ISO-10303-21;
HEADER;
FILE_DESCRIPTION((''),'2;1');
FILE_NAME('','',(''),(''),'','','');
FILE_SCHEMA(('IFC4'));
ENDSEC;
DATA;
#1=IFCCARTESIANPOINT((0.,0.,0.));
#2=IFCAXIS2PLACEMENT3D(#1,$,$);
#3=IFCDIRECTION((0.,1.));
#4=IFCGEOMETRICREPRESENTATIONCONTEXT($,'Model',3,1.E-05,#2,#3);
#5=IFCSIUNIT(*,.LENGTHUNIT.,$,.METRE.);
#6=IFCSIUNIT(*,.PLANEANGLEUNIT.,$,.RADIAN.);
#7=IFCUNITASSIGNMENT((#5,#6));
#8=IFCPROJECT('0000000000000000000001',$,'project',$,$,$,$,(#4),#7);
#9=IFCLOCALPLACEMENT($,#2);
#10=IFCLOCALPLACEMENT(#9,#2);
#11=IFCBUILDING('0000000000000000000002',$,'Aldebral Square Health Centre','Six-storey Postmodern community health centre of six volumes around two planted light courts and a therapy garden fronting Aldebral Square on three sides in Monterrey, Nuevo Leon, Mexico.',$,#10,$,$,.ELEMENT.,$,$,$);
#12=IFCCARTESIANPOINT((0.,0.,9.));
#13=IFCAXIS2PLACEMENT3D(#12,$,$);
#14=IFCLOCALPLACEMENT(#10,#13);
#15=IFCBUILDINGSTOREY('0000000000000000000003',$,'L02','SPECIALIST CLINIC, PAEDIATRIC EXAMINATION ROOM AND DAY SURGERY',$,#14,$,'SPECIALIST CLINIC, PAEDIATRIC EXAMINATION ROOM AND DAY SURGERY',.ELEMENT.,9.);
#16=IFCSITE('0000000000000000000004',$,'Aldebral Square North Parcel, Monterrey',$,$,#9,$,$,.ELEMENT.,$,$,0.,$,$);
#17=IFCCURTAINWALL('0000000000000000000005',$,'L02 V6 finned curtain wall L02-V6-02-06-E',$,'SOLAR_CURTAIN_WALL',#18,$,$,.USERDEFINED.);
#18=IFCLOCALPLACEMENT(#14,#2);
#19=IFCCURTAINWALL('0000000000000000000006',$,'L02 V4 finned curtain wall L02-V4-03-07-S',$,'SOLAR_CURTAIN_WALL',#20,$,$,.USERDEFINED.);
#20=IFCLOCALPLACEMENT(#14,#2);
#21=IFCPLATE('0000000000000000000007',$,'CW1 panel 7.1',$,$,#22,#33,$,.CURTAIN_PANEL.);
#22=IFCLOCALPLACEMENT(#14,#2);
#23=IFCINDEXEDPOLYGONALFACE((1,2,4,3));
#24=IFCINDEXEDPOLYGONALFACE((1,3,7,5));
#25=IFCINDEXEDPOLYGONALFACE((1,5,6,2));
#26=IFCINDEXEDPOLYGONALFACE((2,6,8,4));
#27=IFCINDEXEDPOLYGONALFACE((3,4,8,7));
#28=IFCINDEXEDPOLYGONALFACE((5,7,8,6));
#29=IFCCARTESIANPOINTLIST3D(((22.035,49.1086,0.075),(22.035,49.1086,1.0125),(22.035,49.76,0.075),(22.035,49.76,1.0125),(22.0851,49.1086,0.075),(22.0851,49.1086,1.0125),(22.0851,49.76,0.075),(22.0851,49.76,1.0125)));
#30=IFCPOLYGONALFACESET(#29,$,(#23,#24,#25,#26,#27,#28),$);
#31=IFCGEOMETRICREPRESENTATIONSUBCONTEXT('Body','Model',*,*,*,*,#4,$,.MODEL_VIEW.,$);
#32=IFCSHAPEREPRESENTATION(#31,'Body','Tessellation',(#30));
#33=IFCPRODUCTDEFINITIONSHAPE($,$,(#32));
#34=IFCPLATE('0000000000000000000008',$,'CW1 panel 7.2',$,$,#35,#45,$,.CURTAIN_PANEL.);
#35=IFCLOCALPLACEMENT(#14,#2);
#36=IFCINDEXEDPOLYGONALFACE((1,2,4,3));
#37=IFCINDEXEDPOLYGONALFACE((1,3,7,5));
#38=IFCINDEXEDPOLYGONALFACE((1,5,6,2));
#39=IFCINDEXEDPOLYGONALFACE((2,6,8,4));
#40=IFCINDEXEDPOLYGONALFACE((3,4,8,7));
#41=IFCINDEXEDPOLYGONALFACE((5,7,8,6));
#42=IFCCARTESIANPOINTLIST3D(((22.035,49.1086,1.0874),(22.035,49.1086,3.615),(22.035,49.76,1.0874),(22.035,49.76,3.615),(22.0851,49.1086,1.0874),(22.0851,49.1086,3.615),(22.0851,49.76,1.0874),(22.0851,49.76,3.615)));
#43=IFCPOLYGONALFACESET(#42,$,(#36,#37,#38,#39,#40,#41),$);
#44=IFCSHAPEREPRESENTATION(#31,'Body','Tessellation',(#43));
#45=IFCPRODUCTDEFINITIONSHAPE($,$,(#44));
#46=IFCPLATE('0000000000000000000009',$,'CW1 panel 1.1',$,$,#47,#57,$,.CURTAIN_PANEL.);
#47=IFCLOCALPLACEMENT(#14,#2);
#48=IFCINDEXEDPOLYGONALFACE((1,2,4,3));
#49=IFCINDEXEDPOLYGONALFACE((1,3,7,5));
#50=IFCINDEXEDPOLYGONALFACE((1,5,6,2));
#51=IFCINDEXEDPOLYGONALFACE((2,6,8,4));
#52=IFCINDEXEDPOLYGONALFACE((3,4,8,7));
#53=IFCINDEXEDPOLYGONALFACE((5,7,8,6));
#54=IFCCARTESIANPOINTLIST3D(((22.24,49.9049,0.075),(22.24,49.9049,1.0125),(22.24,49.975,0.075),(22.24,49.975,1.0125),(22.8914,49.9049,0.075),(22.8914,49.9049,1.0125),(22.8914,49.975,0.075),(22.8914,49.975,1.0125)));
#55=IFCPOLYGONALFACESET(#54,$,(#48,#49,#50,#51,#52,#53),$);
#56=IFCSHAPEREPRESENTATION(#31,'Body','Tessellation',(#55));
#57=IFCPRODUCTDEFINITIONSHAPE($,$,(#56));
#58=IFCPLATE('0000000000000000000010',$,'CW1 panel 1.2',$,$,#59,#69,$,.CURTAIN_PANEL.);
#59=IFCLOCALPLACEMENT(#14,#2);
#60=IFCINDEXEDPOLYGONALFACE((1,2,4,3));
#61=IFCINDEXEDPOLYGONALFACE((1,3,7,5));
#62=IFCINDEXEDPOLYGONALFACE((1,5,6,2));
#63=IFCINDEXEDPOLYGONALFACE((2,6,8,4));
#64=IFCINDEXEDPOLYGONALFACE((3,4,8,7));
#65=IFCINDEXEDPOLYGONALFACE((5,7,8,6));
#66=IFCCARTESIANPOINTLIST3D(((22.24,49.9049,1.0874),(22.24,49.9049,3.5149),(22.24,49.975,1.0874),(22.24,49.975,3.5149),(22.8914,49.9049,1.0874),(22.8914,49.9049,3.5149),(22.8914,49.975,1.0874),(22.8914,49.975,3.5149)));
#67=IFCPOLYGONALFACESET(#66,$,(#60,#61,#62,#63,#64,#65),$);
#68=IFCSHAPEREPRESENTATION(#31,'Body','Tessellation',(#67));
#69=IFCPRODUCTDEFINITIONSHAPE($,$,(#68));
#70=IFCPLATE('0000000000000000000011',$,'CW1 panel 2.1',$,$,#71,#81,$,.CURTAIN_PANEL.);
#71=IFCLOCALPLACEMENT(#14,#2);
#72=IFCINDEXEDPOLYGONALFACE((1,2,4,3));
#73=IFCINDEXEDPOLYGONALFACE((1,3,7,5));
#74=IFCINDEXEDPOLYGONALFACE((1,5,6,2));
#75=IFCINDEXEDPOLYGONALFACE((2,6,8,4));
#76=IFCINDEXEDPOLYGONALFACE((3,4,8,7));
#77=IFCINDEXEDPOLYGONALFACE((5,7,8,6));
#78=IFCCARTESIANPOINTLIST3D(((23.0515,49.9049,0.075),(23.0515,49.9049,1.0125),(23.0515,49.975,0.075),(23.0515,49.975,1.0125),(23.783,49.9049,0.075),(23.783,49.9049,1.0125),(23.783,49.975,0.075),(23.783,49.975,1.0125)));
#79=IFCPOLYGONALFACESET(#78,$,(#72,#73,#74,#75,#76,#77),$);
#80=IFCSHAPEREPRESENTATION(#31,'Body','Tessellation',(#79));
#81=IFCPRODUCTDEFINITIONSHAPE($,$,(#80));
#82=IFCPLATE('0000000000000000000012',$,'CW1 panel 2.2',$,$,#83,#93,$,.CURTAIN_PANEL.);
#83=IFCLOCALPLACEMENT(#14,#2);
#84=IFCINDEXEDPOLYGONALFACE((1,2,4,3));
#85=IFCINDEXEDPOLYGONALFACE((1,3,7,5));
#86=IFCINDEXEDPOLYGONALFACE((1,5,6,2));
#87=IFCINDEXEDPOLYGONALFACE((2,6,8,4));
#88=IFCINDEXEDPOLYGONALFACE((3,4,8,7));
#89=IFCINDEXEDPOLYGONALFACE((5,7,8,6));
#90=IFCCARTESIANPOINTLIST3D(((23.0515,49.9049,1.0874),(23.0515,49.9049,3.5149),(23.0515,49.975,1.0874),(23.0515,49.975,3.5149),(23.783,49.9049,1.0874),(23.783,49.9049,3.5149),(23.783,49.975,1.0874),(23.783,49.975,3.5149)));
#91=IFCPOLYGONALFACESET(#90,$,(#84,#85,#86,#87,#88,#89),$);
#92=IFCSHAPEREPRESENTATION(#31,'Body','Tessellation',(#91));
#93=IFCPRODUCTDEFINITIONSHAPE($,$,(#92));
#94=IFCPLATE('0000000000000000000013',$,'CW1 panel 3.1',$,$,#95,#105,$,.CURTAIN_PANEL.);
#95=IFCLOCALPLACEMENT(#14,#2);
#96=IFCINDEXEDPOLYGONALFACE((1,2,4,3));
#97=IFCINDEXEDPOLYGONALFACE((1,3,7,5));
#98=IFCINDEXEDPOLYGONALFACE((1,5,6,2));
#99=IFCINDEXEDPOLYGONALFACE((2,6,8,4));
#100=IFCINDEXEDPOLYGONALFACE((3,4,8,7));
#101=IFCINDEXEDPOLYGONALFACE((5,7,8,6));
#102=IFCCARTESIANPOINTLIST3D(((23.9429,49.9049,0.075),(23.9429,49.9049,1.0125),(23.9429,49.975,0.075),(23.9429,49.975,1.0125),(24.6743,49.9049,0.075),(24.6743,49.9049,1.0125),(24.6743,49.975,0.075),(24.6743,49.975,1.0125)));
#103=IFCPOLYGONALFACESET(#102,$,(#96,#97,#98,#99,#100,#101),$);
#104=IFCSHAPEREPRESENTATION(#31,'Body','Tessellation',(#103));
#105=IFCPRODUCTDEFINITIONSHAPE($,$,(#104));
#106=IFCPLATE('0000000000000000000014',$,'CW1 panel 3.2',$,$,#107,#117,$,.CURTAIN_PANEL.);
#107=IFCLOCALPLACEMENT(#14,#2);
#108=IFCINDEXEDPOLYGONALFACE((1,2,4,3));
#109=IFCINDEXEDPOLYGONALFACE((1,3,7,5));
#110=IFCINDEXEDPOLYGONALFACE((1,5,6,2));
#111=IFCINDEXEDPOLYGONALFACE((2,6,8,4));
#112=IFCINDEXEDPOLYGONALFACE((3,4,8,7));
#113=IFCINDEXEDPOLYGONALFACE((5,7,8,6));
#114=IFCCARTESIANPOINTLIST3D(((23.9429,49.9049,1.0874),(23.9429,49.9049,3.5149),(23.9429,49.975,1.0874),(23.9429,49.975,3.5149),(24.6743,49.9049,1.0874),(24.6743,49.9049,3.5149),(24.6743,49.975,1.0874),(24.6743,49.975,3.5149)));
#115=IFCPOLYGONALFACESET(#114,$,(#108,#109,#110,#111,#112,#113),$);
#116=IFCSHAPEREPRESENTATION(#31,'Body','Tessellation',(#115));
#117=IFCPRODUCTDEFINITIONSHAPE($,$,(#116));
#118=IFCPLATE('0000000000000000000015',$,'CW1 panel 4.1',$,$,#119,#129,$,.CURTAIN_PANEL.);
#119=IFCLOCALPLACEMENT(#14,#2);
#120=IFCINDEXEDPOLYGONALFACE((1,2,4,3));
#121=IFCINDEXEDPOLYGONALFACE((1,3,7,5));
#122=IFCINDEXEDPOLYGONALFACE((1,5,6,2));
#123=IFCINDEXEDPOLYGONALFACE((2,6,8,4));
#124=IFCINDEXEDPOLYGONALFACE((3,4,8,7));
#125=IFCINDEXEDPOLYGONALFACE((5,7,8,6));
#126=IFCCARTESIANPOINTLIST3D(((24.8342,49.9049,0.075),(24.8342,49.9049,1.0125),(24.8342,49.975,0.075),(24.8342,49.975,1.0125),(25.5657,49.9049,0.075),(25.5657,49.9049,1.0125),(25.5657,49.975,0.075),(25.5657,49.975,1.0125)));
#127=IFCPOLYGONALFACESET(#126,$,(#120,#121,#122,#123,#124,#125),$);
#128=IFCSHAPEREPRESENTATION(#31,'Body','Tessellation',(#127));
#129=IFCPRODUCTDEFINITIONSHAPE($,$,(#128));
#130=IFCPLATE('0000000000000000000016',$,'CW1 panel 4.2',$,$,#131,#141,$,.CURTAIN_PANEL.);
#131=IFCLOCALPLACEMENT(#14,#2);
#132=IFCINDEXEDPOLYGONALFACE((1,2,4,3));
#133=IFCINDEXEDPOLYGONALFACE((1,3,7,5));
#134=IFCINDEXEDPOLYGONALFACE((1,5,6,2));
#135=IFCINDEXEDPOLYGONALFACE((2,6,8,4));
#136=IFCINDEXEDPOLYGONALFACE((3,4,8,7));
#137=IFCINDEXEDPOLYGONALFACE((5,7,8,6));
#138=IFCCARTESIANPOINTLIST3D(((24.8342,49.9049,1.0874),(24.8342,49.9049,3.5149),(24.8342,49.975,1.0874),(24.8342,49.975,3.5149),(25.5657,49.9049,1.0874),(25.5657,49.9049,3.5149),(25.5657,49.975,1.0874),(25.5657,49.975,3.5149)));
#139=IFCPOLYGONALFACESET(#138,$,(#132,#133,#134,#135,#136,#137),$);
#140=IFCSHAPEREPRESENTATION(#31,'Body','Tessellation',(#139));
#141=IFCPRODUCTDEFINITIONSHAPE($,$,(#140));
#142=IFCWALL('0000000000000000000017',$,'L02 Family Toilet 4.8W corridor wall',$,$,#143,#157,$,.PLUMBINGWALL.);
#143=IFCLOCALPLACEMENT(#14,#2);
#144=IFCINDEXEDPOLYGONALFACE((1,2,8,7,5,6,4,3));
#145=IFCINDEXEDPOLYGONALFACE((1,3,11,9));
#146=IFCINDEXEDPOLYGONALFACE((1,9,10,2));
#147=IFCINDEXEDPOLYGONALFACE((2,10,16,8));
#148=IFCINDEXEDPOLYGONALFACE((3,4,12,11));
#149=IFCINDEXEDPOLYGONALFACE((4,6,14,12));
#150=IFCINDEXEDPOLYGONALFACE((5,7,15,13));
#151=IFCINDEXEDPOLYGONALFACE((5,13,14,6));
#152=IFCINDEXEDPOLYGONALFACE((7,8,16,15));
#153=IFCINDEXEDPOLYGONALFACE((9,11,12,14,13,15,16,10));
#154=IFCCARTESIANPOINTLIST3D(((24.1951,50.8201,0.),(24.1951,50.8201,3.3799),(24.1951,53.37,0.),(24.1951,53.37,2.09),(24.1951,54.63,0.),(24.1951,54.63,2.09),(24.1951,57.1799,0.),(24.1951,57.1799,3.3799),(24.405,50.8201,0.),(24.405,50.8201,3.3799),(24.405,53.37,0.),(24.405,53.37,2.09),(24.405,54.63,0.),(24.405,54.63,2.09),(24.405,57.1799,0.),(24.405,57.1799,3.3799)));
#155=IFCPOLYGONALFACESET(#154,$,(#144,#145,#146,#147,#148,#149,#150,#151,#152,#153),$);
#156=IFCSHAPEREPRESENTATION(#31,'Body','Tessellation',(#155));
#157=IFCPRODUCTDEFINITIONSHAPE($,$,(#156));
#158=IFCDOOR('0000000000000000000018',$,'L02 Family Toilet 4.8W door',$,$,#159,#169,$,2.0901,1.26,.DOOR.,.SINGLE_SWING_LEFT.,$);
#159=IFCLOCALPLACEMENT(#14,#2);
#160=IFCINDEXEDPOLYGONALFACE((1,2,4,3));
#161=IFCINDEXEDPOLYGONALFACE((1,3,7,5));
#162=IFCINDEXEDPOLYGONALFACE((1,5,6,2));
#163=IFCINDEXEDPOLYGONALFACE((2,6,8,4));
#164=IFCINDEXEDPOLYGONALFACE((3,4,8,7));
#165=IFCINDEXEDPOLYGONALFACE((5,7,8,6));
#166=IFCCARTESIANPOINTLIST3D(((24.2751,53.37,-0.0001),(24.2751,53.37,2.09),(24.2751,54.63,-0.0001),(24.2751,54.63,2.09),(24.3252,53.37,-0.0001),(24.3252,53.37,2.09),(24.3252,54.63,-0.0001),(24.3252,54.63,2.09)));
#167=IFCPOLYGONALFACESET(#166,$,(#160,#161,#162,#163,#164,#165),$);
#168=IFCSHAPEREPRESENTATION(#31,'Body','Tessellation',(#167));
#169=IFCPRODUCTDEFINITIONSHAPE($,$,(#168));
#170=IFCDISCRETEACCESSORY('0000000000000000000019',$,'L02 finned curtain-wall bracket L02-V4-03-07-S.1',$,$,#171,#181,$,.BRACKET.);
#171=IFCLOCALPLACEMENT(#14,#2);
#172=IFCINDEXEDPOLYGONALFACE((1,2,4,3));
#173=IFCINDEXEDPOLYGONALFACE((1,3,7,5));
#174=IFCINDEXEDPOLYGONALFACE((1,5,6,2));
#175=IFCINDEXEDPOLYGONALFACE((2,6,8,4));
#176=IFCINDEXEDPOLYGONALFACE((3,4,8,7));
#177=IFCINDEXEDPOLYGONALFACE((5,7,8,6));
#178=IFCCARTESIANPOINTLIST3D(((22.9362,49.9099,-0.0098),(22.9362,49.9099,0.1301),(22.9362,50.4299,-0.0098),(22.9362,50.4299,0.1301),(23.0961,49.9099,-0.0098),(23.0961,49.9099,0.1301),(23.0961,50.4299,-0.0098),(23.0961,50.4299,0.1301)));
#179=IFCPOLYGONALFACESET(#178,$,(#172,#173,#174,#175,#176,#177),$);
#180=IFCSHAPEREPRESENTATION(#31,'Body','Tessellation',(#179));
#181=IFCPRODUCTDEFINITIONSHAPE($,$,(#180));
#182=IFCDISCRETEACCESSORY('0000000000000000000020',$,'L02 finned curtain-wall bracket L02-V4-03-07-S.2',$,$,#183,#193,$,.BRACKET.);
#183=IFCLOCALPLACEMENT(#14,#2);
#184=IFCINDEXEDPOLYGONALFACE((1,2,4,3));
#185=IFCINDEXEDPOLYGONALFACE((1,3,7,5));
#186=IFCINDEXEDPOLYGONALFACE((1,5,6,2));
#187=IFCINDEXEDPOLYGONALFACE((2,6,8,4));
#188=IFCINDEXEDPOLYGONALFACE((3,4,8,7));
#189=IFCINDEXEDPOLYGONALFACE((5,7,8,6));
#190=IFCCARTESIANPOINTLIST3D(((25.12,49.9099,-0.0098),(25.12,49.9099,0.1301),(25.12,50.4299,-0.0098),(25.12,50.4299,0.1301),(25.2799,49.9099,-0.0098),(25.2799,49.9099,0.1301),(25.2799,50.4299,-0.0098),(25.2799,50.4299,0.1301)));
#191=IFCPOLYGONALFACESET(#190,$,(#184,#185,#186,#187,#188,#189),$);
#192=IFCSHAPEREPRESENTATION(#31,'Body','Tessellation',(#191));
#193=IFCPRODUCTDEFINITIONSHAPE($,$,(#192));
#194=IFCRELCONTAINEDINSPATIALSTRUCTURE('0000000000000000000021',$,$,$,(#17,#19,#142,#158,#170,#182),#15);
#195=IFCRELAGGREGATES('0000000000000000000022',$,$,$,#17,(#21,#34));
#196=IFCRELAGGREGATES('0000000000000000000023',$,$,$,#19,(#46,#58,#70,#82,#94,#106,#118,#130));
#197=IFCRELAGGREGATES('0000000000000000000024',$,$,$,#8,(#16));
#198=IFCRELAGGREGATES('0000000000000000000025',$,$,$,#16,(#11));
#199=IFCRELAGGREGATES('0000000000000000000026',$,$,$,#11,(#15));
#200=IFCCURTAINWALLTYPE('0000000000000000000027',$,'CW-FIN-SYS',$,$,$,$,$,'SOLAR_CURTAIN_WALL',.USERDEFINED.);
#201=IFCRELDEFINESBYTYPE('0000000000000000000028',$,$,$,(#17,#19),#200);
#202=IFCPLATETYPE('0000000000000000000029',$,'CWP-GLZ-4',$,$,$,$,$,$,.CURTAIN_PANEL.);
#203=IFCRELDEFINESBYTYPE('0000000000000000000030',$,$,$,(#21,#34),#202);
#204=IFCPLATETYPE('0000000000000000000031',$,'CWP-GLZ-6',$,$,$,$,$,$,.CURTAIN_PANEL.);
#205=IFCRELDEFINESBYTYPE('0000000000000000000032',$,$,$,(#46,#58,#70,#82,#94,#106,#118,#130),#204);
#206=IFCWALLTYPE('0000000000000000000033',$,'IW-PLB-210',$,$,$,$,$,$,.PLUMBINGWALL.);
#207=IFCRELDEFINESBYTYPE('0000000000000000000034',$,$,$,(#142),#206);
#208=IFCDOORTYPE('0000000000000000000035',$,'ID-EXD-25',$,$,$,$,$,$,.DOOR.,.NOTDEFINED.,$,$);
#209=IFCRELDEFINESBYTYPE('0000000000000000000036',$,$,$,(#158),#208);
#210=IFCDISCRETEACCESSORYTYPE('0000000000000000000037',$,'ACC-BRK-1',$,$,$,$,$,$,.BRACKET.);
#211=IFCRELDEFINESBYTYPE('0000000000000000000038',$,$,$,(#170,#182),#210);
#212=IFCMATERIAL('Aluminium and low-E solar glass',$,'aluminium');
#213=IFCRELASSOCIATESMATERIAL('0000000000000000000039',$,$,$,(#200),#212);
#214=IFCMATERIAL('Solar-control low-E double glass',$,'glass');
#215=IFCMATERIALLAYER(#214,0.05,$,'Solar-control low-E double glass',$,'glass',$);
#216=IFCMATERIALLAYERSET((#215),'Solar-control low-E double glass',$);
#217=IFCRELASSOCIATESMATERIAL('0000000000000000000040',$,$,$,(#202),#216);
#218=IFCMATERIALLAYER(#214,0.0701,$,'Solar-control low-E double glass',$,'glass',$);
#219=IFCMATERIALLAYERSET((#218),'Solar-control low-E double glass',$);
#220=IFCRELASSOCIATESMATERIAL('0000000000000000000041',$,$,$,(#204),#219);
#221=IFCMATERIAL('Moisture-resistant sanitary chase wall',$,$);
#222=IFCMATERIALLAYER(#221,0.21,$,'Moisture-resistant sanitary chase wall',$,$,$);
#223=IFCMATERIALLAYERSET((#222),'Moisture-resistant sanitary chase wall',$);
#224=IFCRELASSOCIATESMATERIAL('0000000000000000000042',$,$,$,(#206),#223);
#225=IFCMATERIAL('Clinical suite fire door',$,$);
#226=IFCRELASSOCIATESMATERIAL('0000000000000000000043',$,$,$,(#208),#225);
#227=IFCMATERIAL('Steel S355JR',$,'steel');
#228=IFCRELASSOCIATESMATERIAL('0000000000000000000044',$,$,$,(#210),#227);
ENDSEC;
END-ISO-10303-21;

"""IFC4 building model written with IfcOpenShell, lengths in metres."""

from ifc_helpers import new_model, si_unit, direction, frame, frame_2d, origin, origin_2d, place, context, subcontext, project, spatial, rectangle, extrude, material, layer, layer_set, type_object, element, fill, aggregate, save


model = new_model("IFC4")

# Units and contexts
model_context = context("Model", 3, precision=1e-05, world=origin(), true_north=direction((0.0, 1.0)))
body_context = subcontext(model_context, "Body", "Model", "MODEL_VIEW")
ifc_project = project(units=[si_unit("LENGTHUNIT", "METRE"), si_unit("PLANEANGLEUNIT", "RADIAN")], contexts=[model_context])

# Site, building, storey
site_placement = place(None, origin())
site = spatial("IfcSite", under=ifc_project, at=site_placement, Name="Aldebral Square North Parcel, Monterrey", CompositionType="ELEMENT", RefElevation=0.0)
building_placement = place(site_placement, origin())
building = spatial("IfcBuilding", under=site, at=building_placement, Name="Aldebral Square Health Centre", Description="Six-storey Postmodern community health centre of six volumes around two planted light courts and a therapy garden fronting Aldebral Square on three sides in Monterrey, Nuevo Leon, Mexico.", CompositionType="ELEMENT")
storey_placement = place(building_placement, frame((0.0, 0.0, 9.0)))
storey = spatial("IfcBuildingStorey", under=building, at=storey_placement, Name="L02", Description="SPECIALIST CLINIC, PAEDIATRIC EXAMINATION ROOM AND DAY SURGERY", LongName="SPECIALIST CLINIC, PAEDIATRIC EXAMINATION ROOM AND DAY SURGERY", CompositionType="ELEMENT", Elevation=9.0)

# Curtain walls
ifc_material_1 = material(Name="Aluminium and low-E solar glass", Category="aluminium")
curtain_wall_type = type_object("IfcCurtainWallType", Name="CW-FIN-SYS", ElementType="SOLAR_CURTAIN_WALL", PredefinedType="USERDEFINED", material=ifc_material_1)
curtain_wall_1_placement = place(storey_placement, origin())
curtain_wall_1 = element("IfcCurtainWall", 1, at=curtain_wall_1_placement, inside=storey, type_object=curtain_wall_type, Name="L02 V6 finned curtain wall L02-V6-02-06-E", ObjectType="SOLAR_CURTAIN_WALL", PredefinedType="USERDEFINED")
curtain_wall_2_placement = place(storey_placement, origin())
curtain_wall_2 = element("IfcCurtainWall", 2, at=curtain_wall_2_placement, inside=storey, type_object=curtain_wall_type, Name="L02 V4 finned curtain wall L02-V4-03-07-S", ObjectType="SOLAR_CURTAIN_WALL", PredefinedType="USERDEFINED")

# Plates
ifc_material_2 = material(Name="Solar-control low-E double glass", Category="glass")
ifc_layer_1 = layer(ifc_material_2, 0.05, Name="Solar-control low-E double glass", Category="glass")
ifc_layer_set_1 = layer_set([ifc_layer_1], Name="Solar-control low-E double glass")
plate_type_1 = type_object("IfcPlateType", Name="CWP-GLZ-4", PredefinedType="CURTAIN_PANEL", material=ifc_layer_set_1)
plate_1_placement = place(storey_placement, frame((22.0601, 49.4343, 0.075), z_axis=(0.0, 0.0, 1.0), x_axis=(0.0, 1.0, 0.0)))
plate_1 = element("IfcPlate", 3, at=plate_1_placement, type_object=plate_type_1, Name="CW1 panel 7.1", PredefinedType="CURTAIN_PANEL", context=body_context, shape_type="SweptSolid", body=[
    extrude(rectangle(XDim=0.6514, YDim=0.05, at=origin_2d()), origin(), (0.0, 0.0, 1.0), 0.9375),
])
plate_2_placement = place(storey_placement, frame((22.0601, 49.4343, 1.0874), z_axis=(0.0, 0.0, 1.0), x_axis=(0.0, 1.0, 0.0)))
plate_2 = element("IfcPlate", 4, at=plate_2_placement, type_object=plate_type_1, Name="CW1 panel 7.2", PredefinedType="CURTAIN_PANEL", context=body_context, shape_type="SweptSolid", body=[
    extrude(rectangle(XDim=0.6514, YDim=0.05, at=origin_2d()), origin(), (0.0, 0.0, 1.0), 2.5276),
])
aggregate(curtain_wall_1, [plate_1, plate_2])
ifc_layer_2 = layer(ifc_material_2, 0.0701, Name="Solar-control low-E double glass", Category="glass")
ifc_layer_set_2 = layer_set([ifc_layer_2], Name="Solar-control low-E double glass")
plate_type_2 = type_object("IfcPlateType", Name="CWP-GLZ-6", PredefinedType="CURTAIN_PANEL", material=ifc_layer_set_2)
plate_3_placement = place(storey_placement, frame((22.5657, 49.9399, 0.075), z_axis=(0.0, 0.0, 1.0), x_axis=(1.0, 0.0, 0.0)))
plate_3 = element("IfcPlate", 5, at=plate_3_placement, type_object=plate_type_2, Name="CW1 panel 1.1", PredefinedType="CURTAIN_PANEL", context=body_context, shape_type="SweptSolid", body=[
    extrude(rectangle(XDim=0.6514, YDim=0.0701, at=origin_2d()), origin(), (0.0, 0.0, 1.0), 0.9375),
])
plate_4_placement = place(storey_placement, frame((22.5657, 49.9399, 1.0874), z_axis=(0.0, 0.0, 1.0), x_axis=(1.0, 0.0, 0.0)))
plate_4 = element("IfcPlate", 6, at=plate_4_placement, type_object=plate_type_2, Name="CW1 panel 1.2", PredefinedType="CURTAIN_PANEL", context=body_context, shape_type="SweptSolid", body=[
    extrude(rectangle(XDim=0.6514, YDim=0.0701, at=origin_2d()), origin(), (0.0, 0.0, 1.0), 2.4275),
])
plate_5_placement = place(storey_placement, frame((23.4172, 49.9399, 0.075), z_axis=(0.0, 0.0, 1.0), x_axis=(1.0, 0.0, 0.0)))
plate_5 = element("IfcPlate", 7, at=plate_5_placement, type_object=plate_type_2, Name="CW1 panel 2.1", PredefinedType="CURTAIN_PANEL", context=body_context, shape_type="SweptSolid", body=[
    extrude(rectangle(XDim=0.7314, YDim=0.0701, at=origin_2d()), origin(), (0.0, 0.0, 1.0), 0.9375),
])
plate_6_placement = place(storey_placement, frame((23.4172, 49.9399, 1.0874), z_axis=(0.0, 0.0, 1.0), x_axis=(1.0, 0.0, 0.0)))
plate_6 = element("IfcPlate", 8, at=plate_6_placement, type_object=plate_type_2, Name="CW1 panel 2.2", PredefinedType="CURTAIN_PANEL", context=body_context, shape_type="SweptSolid", body=[
    extrude(rectangle(XDim=0.7314, YDim=0.0701, at=origin_2d()), origin(), (0.0, 0.0, 1.0), 2.4275),
])
plate_7_placement = place(storey_placement, frame((24.3086, 49.9399, 0.075), z_axis=(0.0, 0.0, 1.0), x_axis=(1.0, 0.0, 0.0)))
plate_7 = element("IfcPlate", 9, at=plate_7_placement, type_object=plate_type_2, Name="CW1 panel 3.1", PredefinedType="CURTAIN_PANEL", context=body_context, shape_type="SweptSolid", body=[
    extrude(rectangle(XDim=0.7314, YDim=0.0701, at=origin_2d()), origin(), (0.0, 0.0, 1.0), 0.9375),
])
plate_8_placement = place(storey_placement, frame((24.3086, 49.9399, 1.0874), z_axis=(0.0, 0.0, 1.0), x_axis=(1.0, 0.0, 0.0)))
plate_8 = element("IfcPlate", 10, at=plate_8_placement, type_object=plate_type_2, Name="CW1 panel 3.2", PredefinedType="CURTAIN_PANEL", context=body_context, shape_type="SweptSolid", body=[
    extrude(rectangle(XDim=0.7314, YDim=0.0701, at=origin_2d()), origin(), (0.0, 0.0, 1.0), 2.4275),
])
plate_9_placement = place(storey_placement, frame((25.2, 49.9399, 0.075), z_axis=(0.0, 0.0, 1.0), x_axis=(1.0, 0.0, 0.0)))
plate_9 = element("IfcPlate", 11, at=plate_9_placement, type_object=plate_type_2, Name="CW1 panel 4.1", PredefinedType="CURTAIN_PANEL", context=body_context, shape_type="SweptSolid", body=[
    extrude(rectangle(XDim=0.7314, YDim=0.0701, at=origin_2d()), origin(), (0.0, 0.0, 1.0), 0.9375),
])
plate_10_placement = place(storey_placement, frame((25.2, 49.9399, 1.0874), z_axis=(0.0, 0.0, 1.0), x_axis=(1.0, 0.0, 0.0)))
plate_10 = element("IfcPlate", 12, at=plate_10_placement, type_object=plate_type_2, Name="CW1 panel 4.2", PredefinedType="CURTAIN_PANEL", context=body_context, shape_type="SweptSolid", body=[
    extrude(rectangle(XDim=0.7314, YDim=0.0701, at=origin_2d()), origin(), (0.0, 0.0, 1.0), 2.4275),
])
aggregate(curtain_wall_2, [plate_3, plate_4, plate_5, plate_6, plate_7, plate_8, plate_9, plate_10])

# Wall, opening, door
ifc_material_3 = material(Name="Moisture-resistant sanitary chase wall")
ifc_layer_3 = layer(ifc_material_3, 0.21, Name="Moisture-resistant sanitary chase wall")
ifc_layer_set_3 = layer_set([ifc_layer_3], Name="Moisture-resistant sanitary chase wall")
wall_type = type_object("IfcWallType", Name="IW-PLB-210", PredefinedType="PLUMBINGWALL", material=ifc_layer_set_3)
wall_placement = place(storey_placement, frame((24.3, 50.8201, 0.0), z_axis=(0.0, 0.0, 1.0), x_axis=(0.0, 1.0, 0.0)))
wall = element("IfcWall", 13, at=wall_placement, inside=storey, type_object=wall_type, Name="L02 Family Toilet 4.8W corridor wall", PredefinedType="PLUMBINGWALL", context=body_context, shape_type="SweptSolid", body=[
    extrude(rectangle(XDim=6.3599, YDim=0.21, at=frame_2d((3.1799, 0.0))), origin(), (0.0, 0.0, 1.0), 3.3799),
])
opening_placement = place(wall_placement, frame((2.55, 0.0, 0.0)))
opening = element("IfcOpeningElement", 14, at=opening_placement, cuts=wall, PredefinedType="OPENING", context=body_context, shape_type="SweptSolid", body=[
    extrude(rectangle(XDim=1.26, YDim=2.0901, at=frame_2d((0.6299, 1.0449))), frame((0.0, 0.115, 0.0), z_axis=(0.0, -1.0, 0.0), x_axis=(1.0, 0.0, 0.0)), (0.0, 0.0, 1.0), 0.23),
])
ifc_material_4 = material(Name="Clinical suite fire door")
door_type = type_object("IfcDoorType", Name="ID-EXD-25", OperationType="NOTDEFINED", PredefinedType="DOOR", material=ifc_material_4)
door_placement = place(opening_placement, origin())
door = element("IfcDoor", 15, at=door_placement, inside=storey, type_object=door_type, Name="L02 Family Toilet 4.8W door", OperationType="SINGLE_SWING_LEFT", OverallHeight=2.0901, OverallWidth=1.26, PredefinedType="DOOR", context=body_context, shape_type="SweptSolid", body=[
    extrude(rectangle(XDim=1.26, YDim=2.0901, at=frame_2d((0.6299, 1.0449))), frame((0.0, 0.0249, 0.0), z_axis=(0.0, -1.0, 0.0), x_axis=(1.0, 0.0, 0.0)), (0.0, 0.0, 1.0), 0.05),
])
fill(opening, door)

# Discrete accessories
ifc_material_5 = material(Name="Steel S355JR", Category="steel")
discrete_accessory_type = type_object("IfcDiscreteAccessoryType", Name="ACC-BRK-1", PredefinedType="BRACKET", material=ifc_material_5)
for number, where, z_axis, x_axis, name in (
    (16, (23.0161, 50.1699, -0.0098), (0.0, 0.0, 1.0), (1.0, 0.0, 0.0), "L02 finned curtain-wall bracket L02-V4-03-07-S.1"),
    (17, (25.2, 50.1699, -0.0098), (0.0, 0.0, 1.0), (1.0, 0.0, 0.0), "L02 finned curtain-wall bracket L02-V4-03-07-S.2"),
):
    element("IfcDiscreteAccessory", number, at=place(storey_placement, frame(where, z_axis=z_axis, x_axis=x_axis)), inside=storey, type_object=discrete_accessory_type, Name=name, PredefinedType="BRACKET", context=body_context, shape_type="SweptSolid", body=[
        extrude(rectangle(XDim=0.1599, YDim=0.52, at=origin_2d()), origin(), (0.0, 0.0, 1.0), 0.1399),
    ])

save(model, "model.ifc")
